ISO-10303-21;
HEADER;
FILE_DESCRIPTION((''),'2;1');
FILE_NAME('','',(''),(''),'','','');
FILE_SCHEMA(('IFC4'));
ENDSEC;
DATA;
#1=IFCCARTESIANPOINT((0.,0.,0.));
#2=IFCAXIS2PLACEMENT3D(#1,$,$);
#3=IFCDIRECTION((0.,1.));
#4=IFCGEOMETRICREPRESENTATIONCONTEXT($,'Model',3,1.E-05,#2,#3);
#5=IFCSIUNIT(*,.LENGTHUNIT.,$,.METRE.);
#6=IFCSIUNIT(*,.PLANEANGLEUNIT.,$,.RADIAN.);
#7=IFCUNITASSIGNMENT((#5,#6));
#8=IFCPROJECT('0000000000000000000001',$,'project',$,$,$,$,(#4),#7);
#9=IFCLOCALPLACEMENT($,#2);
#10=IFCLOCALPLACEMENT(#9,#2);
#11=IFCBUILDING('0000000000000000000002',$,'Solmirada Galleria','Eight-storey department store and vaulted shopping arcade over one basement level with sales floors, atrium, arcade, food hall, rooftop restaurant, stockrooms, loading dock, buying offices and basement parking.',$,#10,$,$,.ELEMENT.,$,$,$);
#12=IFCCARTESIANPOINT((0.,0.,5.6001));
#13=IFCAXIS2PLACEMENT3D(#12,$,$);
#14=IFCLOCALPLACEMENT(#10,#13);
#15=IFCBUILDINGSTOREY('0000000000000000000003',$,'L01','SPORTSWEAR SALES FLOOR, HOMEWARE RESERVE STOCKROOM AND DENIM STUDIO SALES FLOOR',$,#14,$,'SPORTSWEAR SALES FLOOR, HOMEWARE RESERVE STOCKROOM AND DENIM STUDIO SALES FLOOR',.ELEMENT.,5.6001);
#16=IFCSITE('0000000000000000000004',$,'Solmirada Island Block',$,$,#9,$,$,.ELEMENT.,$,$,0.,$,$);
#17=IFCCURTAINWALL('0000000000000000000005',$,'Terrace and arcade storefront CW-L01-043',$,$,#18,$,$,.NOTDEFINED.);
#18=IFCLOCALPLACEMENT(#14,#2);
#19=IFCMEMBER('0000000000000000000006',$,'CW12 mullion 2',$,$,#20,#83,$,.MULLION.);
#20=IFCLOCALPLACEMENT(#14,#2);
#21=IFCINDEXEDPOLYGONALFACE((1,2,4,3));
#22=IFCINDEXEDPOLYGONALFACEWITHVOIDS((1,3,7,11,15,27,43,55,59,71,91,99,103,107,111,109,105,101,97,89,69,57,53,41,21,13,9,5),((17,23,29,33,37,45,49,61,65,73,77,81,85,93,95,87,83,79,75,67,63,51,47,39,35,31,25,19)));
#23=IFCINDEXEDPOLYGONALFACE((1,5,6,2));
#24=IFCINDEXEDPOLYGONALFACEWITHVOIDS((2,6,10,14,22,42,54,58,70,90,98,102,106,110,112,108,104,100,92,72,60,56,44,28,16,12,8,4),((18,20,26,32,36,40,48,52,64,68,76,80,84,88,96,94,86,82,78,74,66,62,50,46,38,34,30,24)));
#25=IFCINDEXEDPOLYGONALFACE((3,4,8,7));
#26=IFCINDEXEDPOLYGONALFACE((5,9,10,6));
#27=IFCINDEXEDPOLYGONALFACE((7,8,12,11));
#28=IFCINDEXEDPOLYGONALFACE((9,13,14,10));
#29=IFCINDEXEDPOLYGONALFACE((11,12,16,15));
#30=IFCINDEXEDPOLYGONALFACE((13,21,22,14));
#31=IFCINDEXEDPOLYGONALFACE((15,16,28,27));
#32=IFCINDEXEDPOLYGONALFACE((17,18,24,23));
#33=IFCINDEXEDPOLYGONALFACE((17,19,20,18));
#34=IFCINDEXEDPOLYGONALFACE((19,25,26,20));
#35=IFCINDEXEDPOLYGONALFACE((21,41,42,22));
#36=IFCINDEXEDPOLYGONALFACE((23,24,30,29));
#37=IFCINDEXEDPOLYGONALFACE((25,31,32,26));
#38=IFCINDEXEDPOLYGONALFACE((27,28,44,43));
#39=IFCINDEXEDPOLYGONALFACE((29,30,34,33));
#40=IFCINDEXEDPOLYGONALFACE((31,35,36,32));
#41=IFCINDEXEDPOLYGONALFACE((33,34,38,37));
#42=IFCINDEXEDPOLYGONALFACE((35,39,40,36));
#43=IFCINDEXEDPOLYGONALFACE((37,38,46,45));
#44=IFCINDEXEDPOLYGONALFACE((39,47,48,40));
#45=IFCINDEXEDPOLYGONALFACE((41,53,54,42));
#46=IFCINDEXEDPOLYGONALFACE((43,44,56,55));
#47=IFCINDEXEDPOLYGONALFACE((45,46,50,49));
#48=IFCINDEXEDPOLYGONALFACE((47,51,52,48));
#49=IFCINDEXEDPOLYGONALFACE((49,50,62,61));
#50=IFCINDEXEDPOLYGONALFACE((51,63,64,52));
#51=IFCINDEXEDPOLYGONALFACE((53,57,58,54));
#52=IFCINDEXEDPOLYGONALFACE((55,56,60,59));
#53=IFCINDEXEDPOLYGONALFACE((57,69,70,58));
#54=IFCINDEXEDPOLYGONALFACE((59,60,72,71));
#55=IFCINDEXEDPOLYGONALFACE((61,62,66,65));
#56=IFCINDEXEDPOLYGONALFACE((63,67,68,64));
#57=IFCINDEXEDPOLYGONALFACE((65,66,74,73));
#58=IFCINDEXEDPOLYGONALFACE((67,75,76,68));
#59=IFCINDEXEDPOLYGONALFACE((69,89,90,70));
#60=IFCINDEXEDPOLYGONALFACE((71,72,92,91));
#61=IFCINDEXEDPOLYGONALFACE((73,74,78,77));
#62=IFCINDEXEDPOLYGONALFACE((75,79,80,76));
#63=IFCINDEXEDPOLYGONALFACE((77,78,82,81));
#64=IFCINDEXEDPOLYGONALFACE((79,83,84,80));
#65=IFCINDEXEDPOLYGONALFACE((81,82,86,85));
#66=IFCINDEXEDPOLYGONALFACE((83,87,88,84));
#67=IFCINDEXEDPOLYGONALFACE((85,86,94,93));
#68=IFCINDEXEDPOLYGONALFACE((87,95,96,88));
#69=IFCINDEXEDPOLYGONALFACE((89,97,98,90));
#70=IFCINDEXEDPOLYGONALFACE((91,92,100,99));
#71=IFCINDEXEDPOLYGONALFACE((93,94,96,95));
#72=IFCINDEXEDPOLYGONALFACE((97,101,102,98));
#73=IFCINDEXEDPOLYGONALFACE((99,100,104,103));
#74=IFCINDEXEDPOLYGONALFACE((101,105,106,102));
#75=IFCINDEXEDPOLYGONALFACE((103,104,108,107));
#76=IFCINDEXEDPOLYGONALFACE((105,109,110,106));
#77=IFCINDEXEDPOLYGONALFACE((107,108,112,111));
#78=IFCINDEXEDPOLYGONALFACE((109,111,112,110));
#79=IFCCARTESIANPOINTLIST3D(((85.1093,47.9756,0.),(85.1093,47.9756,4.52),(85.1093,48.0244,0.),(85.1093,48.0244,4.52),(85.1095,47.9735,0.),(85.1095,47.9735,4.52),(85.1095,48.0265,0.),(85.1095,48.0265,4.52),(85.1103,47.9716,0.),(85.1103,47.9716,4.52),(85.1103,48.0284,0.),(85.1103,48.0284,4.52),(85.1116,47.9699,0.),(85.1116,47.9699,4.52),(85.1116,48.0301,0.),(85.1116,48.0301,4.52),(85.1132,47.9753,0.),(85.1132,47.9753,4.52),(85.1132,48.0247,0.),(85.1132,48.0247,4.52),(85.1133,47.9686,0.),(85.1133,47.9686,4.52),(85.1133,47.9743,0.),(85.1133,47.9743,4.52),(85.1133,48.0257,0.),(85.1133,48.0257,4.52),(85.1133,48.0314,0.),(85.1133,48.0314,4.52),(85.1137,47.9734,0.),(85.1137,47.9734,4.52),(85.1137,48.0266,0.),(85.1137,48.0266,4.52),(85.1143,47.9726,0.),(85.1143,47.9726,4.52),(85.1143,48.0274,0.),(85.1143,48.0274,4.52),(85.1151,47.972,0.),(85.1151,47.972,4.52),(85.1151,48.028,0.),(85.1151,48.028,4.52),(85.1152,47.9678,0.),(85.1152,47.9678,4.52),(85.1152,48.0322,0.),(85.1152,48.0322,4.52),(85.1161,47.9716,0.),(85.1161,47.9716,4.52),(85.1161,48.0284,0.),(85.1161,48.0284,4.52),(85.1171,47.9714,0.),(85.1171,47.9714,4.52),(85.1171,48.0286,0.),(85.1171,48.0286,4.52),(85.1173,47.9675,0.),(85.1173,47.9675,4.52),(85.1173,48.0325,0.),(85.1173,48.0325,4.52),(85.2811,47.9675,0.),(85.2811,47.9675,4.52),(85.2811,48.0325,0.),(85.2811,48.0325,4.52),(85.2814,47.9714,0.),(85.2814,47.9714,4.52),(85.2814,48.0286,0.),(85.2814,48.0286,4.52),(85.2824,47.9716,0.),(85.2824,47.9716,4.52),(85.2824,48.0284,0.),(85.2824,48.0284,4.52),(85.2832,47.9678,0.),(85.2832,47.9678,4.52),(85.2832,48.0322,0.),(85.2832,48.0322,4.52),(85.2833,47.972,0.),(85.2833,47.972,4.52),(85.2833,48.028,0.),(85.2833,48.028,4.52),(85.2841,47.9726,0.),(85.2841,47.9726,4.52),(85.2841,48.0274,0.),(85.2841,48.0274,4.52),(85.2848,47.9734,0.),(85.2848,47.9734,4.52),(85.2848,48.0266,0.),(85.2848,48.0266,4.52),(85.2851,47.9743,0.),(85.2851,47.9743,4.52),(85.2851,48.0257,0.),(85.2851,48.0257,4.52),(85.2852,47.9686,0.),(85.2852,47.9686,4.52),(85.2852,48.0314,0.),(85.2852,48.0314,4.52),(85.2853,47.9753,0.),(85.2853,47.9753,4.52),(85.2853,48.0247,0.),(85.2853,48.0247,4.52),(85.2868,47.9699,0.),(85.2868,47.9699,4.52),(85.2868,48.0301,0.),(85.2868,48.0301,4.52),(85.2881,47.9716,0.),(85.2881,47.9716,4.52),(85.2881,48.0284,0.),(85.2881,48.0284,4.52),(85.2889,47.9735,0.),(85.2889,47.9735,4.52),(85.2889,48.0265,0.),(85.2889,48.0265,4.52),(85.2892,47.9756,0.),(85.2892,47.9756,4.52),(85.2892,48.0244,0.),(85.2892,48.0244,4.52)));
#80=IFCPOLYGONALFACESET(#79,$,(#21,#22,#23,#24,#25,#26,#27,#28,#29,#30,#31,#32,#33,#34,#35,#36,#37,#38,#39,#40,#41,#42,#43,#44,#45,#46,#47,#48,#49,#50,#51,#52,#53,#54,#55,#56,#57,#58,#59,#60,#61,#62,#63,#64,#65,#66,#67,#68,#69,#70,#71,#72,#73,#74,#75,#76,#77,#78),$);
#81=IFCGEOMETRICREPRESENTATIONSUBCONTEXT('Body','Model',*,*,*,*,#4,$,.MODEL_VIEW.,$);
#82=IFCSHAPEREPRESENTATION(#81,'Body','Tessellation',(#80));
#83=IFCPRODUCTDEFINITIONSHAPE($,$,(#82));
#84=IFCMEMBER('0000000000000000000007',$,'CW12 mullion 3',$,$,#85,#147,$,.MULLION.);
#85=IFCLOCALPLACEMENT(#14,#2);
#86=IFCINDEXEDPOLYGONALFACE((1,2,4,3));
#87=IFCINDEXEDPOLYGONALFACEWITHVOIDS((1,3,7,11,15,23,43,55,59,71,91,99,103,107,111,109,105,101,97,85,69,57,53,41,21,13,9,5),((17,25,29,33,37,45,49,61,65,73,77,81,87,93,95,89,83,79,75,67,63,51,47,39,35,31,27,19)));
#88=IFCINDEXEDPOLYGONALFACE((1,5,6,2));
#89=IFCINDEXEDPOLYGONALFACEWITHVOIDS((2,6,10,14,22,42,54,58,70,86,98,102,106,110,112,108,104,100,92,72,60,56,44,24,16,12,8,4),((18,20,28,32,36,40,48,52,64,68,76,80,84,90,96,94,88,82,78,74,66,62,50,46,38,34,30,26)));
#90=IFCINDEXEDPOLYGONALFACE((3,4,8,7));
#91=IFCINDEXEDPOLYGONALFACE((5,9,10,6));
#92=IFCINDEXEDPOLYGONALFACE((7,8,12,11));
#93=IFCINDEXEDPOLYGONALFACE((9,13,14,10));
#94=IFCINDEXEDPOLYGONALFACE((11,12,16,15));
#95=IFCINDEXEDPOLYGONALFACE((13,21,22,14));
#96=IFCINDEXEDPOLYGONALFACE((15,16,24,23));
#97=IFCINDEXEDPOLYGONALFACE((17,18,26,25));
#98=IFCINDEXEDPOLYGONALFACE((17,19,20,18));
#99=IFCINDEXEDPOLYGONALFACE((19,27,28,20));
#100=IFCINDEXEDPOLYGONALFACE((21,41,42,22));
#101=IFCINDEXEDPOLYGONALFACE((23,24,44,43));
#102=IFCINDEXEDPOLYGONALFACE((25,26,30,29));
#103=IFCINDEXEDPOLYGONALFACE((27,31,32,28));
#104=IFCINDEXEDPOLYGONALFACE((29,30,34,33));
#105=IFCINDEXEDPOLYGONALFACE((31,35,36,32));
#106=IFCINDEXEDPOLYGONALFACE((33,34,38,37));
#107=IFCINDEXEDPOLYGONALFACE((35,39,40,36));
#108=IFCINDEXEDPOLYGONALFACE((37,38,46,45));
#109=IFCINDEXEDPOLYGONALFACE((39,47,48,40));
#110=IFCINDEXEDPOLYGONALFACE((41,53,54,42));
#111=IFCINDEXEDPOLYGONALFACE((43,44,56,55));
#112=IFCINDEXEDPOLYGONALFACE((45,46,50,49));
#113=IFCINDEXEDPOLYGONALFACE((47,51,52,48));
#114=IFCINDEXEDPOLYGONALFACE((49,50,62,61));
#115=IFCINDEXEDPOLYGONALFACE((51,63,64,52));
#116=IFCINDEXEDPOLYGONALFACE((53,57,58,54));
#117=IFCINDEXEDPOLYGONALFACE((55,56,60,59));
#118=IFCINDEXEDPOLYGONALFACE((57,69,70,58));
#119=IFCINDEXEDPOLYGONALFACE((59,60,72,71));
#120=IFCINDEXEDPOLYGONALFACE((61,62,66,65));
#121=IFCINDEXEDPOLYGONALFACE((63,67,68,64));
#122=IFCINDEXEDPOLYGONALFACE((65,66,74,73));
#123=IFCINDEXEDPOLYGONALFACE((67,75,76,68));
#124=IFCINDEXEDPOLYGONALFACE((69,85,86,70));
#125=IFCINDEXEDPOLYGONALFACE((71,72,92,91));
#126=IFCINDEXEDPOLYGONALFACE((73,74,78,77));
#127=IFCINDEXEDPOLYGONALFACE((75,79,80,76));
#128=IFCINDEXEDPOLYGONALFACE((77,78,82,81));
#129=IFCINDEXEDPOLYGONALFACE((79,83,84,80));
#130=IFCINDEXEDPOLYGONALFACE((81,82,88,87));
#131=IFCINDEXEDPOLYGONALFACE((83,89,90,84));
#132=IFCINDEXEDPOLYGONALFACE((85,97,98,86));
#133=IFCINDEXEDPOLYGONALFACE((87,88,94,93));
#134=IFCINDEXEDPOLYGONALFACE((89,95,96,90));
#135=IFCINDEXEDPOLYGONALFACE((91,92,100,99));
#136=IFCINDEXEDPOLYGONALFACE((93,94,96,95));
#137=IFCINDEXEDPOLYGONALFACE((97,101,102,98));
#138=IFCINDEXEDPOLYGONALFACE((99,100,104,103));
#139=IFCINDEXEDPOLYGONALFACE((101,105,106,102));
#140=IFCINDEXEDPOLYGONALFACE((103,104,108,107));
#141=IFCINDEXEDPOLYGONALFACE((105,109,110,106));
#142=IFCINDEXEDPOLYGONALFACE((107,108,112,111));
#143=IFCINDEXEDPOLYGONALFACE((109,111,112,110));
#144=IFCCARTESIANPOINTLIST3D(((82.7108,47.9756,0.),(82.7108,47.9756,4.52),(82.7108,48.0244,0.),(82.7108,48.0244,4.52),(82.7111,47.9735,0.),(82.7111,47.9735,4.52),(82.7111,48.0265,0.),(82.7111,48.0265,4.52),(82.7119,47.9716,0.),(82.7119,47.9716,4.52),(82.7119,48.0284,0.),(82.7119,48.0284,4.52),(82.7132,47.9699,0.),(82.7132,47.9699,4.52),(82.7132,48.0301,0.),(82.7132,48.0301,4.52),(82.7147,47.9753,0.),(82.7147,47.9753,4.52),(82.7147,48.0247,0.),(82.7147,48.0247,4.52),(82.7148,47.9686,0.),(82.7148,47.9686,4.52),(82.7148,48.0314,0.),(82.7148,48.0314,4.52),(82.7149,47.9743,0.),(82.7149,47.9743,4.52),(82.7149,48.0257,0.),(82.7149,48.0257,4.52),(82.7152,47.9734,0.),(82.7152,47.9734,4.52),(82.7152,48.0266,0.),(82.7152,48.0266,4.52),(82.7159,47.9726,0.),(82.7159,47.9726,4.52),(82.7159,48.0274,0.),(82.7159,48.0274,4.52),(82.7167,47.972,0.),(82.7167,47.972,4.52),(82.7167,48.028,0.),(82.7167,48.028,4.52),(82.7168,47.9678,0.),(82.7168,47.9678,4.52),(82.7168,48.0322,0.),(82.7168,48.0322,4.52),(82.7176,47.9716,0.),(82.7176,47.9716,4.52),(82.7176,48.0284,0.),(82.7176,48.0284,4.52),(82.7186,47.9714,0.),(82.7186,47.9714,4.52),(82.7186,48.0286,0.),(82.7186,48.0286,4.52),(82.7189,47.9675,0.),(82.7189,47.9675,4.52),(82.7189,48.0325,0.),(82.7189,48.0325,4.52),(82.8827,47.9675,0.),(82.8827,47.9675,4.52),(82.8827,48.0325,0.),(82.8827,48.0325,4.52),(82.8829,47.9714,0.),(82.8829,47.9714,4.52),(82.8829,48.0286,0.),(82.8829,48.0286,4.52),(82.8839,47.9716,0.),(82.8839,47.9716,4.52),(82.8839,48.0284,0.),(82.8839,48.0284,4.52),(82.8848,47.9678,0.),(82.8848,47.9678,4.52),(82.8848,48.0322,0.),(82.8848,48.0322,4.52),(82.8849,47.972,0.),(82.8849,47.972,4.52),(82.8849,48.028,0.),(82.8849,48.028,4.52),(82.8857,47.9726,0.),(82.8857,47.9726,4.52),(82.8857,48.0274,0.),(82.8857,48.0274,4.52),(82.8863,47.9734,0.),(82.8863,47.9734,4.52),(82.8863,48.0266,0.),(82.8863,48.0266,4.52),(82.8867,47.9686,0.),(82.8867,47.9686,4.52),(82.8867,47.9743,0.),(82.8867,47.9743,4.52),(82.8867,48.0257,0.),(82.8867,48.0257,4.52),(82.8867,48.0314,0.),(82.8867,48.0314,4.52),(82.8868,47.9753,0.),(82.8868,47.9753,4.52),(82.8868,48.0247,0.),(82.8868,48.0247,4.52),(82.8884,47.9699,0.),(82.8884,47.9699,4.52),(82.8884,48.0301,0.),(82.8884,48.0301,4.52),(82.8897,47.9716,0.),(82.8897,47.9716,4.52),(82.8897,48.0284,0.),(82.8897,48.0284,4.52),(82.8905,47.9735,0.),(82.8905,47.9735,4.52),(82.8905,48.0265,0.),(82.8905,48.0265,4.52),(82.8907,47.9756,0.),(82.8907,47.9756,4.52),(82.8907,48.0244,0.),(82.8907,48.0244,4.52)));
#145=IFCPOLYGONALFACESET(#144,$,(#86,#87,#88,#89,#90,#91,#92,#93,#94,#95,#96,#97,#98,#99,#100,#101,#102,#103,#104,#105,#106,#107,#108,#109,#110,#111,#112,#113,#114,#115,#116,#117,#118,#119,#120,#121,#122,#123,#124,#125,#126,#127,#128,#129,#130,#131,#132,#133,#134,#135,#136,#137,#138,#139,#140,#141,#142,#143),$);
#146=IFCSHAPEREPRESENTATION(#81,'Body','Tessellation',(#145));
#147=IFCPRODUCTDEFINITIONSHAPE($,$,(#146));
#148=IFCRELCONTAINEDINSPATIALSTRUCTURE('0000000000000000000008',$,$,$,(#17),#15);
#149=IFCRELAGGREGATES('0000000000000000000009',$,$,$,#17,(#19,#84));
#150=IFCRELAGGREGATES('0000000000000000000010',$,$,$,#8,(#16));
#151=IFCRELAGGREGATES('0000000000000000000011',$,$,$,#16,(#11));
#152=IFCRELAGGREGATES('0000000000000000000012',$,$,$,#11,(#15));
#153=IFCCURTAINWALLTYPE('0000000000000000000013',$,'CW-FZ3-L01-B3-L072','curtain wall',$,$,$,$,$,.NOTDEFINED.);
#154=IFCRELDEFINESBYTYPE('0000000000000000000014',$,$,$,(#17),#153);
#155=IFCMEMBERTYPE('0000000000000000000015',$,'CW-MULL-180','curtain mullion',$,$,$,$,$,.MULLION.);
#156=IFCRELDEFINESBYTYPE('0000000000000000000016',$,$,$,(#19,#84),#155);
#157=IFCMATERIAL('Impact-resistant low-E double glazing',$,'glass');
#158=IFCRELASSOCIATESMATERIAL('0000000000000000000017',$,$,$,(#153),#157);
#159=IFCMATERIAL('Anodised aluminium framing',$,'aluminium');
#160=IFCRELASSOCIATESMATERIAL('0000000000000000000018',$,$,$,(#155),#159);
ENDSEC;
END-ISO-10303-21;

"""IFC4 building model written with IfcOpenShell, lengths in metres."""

from ifc_helpers import new_model, si_unit, direction, frame, origin, origin_2d, place, context, subcontext, project, spatial, hollow_rectangle, extrude, material, material_profile, profile_set, type_object, element, aggregate, save


model = new_model("IFC4")

# Units and contexts
model_context = context("Model", 3, precision=1e-05, world=origin(), true_north=direction((0.0, 1.0)))
body_context = subcontext(model_context, "Body", "Model", "MODEL_VIEW")
ifc_project = project(units=[si_unit("LENGTHUNIT", "METRE"), si_unit("PLANEANGLEUNIT", "RADIAN")], contexts=[model_context])

# Site, building, storey
site_placement = place(None, origin())
site = spatial("IfcSite", under=ifc_project, at=site_placement, Name="Solmirada Island Block", CompositionType="ELEMENT", RefElevation=0.0)
building_placement = place(site_placement, origin())
building = spatial("IfcBuilding", under=site, at=building_placement, Name="Solmirada Galleria", Description="Eight-storey department store and vaulted shopping arcade over one basement level with sales floors, atrium, arcade, food hall, rooftop restaurant, stockrooms, loading dock, buying offices and basement parking.", CompositionType="ELEMENT")
storey_placement = place(building_placement, frame((0.0, 0.0, 5.6001)))
storey = spatial("IfcBuildingStorey", under=building, at=storey_placement, Name="L01", Description="SPORTSWEAR SALES FLOOR, HOMEWARE RESERVE STOCKROOM AND DENIM STUDIO SALES FLOOR", LongName="SPORTSWEAR SALES FLOOR, HOMEWARE RESERVE STOCKROOM AND DENIM STUDIO SALES FLOOR", CompositionType="ELEMENT", Elevation=5.6001)

# Curtain wall, members
ifc_material_1 = material(Name="Impact-resistant low-E double glazing", Category="glass")
curtain_wall_type = type_object("IfcCurtainWallType", Name="CW-FZ3-L01-B3-L072", Description="curtain wall", PredefinedType="NOTDEFINED", material=ifc_material_1)
curtain_wall_1_placement = place(storey_placement, origin())
curtain_wall_1 = element("IfcCurtainWall", 1, at=curtain_wall_1_placement, inside=storey, type_object=curtain_wall_type, Name="Terrace and arcade storefront CW-L01-043", PredefinedType="NOTDEFINED")
ifc_material_2 = material(Name="Anodised aluminium framing", Category="aluminium")
ifc_material_profile_1 = material_profile(ifc_material_2, hollow_rectangle(XDim=0.0649, YDim=0.1799, WallThickness=0.0039, InnerFilletRadius=0.0039, OuterFilletRadius=0.0081, at=origin_2d()), Name="ALU-MULL-180X65")
ifc_profile_set_1 = profile_set([ifc_material_profile_1], Name="Anodised aluminium framing")
member_type_1 = type_object("IfcMemberType", Name="CW-MULL-180", Description="curtain mullion", PredefinedType="MULLION", material=ifc_profile_set_1)
member_1_placement = place(storey_placement, frame((85.1992, 48.0, 0.0), z_axis=(0.0, 0.0, 1.0), x_axis=(0.0, -1.0, 0.0)))
member_1 = element("IfcMember", 2, at=member_1_placement, type_object=member_type_1, Name="CW12 mullion 2", PredefinedType="MULLION", context=body_context, shape_type="SweptSolid", body=[
    extrude(hollow_rectangle(XDim=0.0649, YDim=0.1799, WallThickness=0.0039, InnerFilletRadius=0.0039, OuterFilletRadius=0.0081, at=origin_2d()), origin(), (0.0, 0.0, 1.0), 4.52),
])
member_2_placement = place(storey_placement, frame((82.8008, 48.0, 0.0), z_axis=(0.0, 0.0, 1.0), x_axis=(0.0, -1.0, 0.0)))
member_2 = element("IfcMember", 3, at=member_2_placement, type_object=member_type_1, Name="CW12 mullion 3", PredefinedType="MULLION", context=body_context, shape_type="SweptSolid", body=[
    extrude(hollow_rectangle(XDim=0.0649, YDim=0.1799, WallThickness=0.0039, InnerFilletRadius=0.0039, OuterFilletRadius=0.0081, at=origin_2d()), origin(), (0.0, 0.0, 1.0), 4.52),
])

aggregate(curtain_wall_1, [member_1, member_2])

save(model, "model.ifc")
